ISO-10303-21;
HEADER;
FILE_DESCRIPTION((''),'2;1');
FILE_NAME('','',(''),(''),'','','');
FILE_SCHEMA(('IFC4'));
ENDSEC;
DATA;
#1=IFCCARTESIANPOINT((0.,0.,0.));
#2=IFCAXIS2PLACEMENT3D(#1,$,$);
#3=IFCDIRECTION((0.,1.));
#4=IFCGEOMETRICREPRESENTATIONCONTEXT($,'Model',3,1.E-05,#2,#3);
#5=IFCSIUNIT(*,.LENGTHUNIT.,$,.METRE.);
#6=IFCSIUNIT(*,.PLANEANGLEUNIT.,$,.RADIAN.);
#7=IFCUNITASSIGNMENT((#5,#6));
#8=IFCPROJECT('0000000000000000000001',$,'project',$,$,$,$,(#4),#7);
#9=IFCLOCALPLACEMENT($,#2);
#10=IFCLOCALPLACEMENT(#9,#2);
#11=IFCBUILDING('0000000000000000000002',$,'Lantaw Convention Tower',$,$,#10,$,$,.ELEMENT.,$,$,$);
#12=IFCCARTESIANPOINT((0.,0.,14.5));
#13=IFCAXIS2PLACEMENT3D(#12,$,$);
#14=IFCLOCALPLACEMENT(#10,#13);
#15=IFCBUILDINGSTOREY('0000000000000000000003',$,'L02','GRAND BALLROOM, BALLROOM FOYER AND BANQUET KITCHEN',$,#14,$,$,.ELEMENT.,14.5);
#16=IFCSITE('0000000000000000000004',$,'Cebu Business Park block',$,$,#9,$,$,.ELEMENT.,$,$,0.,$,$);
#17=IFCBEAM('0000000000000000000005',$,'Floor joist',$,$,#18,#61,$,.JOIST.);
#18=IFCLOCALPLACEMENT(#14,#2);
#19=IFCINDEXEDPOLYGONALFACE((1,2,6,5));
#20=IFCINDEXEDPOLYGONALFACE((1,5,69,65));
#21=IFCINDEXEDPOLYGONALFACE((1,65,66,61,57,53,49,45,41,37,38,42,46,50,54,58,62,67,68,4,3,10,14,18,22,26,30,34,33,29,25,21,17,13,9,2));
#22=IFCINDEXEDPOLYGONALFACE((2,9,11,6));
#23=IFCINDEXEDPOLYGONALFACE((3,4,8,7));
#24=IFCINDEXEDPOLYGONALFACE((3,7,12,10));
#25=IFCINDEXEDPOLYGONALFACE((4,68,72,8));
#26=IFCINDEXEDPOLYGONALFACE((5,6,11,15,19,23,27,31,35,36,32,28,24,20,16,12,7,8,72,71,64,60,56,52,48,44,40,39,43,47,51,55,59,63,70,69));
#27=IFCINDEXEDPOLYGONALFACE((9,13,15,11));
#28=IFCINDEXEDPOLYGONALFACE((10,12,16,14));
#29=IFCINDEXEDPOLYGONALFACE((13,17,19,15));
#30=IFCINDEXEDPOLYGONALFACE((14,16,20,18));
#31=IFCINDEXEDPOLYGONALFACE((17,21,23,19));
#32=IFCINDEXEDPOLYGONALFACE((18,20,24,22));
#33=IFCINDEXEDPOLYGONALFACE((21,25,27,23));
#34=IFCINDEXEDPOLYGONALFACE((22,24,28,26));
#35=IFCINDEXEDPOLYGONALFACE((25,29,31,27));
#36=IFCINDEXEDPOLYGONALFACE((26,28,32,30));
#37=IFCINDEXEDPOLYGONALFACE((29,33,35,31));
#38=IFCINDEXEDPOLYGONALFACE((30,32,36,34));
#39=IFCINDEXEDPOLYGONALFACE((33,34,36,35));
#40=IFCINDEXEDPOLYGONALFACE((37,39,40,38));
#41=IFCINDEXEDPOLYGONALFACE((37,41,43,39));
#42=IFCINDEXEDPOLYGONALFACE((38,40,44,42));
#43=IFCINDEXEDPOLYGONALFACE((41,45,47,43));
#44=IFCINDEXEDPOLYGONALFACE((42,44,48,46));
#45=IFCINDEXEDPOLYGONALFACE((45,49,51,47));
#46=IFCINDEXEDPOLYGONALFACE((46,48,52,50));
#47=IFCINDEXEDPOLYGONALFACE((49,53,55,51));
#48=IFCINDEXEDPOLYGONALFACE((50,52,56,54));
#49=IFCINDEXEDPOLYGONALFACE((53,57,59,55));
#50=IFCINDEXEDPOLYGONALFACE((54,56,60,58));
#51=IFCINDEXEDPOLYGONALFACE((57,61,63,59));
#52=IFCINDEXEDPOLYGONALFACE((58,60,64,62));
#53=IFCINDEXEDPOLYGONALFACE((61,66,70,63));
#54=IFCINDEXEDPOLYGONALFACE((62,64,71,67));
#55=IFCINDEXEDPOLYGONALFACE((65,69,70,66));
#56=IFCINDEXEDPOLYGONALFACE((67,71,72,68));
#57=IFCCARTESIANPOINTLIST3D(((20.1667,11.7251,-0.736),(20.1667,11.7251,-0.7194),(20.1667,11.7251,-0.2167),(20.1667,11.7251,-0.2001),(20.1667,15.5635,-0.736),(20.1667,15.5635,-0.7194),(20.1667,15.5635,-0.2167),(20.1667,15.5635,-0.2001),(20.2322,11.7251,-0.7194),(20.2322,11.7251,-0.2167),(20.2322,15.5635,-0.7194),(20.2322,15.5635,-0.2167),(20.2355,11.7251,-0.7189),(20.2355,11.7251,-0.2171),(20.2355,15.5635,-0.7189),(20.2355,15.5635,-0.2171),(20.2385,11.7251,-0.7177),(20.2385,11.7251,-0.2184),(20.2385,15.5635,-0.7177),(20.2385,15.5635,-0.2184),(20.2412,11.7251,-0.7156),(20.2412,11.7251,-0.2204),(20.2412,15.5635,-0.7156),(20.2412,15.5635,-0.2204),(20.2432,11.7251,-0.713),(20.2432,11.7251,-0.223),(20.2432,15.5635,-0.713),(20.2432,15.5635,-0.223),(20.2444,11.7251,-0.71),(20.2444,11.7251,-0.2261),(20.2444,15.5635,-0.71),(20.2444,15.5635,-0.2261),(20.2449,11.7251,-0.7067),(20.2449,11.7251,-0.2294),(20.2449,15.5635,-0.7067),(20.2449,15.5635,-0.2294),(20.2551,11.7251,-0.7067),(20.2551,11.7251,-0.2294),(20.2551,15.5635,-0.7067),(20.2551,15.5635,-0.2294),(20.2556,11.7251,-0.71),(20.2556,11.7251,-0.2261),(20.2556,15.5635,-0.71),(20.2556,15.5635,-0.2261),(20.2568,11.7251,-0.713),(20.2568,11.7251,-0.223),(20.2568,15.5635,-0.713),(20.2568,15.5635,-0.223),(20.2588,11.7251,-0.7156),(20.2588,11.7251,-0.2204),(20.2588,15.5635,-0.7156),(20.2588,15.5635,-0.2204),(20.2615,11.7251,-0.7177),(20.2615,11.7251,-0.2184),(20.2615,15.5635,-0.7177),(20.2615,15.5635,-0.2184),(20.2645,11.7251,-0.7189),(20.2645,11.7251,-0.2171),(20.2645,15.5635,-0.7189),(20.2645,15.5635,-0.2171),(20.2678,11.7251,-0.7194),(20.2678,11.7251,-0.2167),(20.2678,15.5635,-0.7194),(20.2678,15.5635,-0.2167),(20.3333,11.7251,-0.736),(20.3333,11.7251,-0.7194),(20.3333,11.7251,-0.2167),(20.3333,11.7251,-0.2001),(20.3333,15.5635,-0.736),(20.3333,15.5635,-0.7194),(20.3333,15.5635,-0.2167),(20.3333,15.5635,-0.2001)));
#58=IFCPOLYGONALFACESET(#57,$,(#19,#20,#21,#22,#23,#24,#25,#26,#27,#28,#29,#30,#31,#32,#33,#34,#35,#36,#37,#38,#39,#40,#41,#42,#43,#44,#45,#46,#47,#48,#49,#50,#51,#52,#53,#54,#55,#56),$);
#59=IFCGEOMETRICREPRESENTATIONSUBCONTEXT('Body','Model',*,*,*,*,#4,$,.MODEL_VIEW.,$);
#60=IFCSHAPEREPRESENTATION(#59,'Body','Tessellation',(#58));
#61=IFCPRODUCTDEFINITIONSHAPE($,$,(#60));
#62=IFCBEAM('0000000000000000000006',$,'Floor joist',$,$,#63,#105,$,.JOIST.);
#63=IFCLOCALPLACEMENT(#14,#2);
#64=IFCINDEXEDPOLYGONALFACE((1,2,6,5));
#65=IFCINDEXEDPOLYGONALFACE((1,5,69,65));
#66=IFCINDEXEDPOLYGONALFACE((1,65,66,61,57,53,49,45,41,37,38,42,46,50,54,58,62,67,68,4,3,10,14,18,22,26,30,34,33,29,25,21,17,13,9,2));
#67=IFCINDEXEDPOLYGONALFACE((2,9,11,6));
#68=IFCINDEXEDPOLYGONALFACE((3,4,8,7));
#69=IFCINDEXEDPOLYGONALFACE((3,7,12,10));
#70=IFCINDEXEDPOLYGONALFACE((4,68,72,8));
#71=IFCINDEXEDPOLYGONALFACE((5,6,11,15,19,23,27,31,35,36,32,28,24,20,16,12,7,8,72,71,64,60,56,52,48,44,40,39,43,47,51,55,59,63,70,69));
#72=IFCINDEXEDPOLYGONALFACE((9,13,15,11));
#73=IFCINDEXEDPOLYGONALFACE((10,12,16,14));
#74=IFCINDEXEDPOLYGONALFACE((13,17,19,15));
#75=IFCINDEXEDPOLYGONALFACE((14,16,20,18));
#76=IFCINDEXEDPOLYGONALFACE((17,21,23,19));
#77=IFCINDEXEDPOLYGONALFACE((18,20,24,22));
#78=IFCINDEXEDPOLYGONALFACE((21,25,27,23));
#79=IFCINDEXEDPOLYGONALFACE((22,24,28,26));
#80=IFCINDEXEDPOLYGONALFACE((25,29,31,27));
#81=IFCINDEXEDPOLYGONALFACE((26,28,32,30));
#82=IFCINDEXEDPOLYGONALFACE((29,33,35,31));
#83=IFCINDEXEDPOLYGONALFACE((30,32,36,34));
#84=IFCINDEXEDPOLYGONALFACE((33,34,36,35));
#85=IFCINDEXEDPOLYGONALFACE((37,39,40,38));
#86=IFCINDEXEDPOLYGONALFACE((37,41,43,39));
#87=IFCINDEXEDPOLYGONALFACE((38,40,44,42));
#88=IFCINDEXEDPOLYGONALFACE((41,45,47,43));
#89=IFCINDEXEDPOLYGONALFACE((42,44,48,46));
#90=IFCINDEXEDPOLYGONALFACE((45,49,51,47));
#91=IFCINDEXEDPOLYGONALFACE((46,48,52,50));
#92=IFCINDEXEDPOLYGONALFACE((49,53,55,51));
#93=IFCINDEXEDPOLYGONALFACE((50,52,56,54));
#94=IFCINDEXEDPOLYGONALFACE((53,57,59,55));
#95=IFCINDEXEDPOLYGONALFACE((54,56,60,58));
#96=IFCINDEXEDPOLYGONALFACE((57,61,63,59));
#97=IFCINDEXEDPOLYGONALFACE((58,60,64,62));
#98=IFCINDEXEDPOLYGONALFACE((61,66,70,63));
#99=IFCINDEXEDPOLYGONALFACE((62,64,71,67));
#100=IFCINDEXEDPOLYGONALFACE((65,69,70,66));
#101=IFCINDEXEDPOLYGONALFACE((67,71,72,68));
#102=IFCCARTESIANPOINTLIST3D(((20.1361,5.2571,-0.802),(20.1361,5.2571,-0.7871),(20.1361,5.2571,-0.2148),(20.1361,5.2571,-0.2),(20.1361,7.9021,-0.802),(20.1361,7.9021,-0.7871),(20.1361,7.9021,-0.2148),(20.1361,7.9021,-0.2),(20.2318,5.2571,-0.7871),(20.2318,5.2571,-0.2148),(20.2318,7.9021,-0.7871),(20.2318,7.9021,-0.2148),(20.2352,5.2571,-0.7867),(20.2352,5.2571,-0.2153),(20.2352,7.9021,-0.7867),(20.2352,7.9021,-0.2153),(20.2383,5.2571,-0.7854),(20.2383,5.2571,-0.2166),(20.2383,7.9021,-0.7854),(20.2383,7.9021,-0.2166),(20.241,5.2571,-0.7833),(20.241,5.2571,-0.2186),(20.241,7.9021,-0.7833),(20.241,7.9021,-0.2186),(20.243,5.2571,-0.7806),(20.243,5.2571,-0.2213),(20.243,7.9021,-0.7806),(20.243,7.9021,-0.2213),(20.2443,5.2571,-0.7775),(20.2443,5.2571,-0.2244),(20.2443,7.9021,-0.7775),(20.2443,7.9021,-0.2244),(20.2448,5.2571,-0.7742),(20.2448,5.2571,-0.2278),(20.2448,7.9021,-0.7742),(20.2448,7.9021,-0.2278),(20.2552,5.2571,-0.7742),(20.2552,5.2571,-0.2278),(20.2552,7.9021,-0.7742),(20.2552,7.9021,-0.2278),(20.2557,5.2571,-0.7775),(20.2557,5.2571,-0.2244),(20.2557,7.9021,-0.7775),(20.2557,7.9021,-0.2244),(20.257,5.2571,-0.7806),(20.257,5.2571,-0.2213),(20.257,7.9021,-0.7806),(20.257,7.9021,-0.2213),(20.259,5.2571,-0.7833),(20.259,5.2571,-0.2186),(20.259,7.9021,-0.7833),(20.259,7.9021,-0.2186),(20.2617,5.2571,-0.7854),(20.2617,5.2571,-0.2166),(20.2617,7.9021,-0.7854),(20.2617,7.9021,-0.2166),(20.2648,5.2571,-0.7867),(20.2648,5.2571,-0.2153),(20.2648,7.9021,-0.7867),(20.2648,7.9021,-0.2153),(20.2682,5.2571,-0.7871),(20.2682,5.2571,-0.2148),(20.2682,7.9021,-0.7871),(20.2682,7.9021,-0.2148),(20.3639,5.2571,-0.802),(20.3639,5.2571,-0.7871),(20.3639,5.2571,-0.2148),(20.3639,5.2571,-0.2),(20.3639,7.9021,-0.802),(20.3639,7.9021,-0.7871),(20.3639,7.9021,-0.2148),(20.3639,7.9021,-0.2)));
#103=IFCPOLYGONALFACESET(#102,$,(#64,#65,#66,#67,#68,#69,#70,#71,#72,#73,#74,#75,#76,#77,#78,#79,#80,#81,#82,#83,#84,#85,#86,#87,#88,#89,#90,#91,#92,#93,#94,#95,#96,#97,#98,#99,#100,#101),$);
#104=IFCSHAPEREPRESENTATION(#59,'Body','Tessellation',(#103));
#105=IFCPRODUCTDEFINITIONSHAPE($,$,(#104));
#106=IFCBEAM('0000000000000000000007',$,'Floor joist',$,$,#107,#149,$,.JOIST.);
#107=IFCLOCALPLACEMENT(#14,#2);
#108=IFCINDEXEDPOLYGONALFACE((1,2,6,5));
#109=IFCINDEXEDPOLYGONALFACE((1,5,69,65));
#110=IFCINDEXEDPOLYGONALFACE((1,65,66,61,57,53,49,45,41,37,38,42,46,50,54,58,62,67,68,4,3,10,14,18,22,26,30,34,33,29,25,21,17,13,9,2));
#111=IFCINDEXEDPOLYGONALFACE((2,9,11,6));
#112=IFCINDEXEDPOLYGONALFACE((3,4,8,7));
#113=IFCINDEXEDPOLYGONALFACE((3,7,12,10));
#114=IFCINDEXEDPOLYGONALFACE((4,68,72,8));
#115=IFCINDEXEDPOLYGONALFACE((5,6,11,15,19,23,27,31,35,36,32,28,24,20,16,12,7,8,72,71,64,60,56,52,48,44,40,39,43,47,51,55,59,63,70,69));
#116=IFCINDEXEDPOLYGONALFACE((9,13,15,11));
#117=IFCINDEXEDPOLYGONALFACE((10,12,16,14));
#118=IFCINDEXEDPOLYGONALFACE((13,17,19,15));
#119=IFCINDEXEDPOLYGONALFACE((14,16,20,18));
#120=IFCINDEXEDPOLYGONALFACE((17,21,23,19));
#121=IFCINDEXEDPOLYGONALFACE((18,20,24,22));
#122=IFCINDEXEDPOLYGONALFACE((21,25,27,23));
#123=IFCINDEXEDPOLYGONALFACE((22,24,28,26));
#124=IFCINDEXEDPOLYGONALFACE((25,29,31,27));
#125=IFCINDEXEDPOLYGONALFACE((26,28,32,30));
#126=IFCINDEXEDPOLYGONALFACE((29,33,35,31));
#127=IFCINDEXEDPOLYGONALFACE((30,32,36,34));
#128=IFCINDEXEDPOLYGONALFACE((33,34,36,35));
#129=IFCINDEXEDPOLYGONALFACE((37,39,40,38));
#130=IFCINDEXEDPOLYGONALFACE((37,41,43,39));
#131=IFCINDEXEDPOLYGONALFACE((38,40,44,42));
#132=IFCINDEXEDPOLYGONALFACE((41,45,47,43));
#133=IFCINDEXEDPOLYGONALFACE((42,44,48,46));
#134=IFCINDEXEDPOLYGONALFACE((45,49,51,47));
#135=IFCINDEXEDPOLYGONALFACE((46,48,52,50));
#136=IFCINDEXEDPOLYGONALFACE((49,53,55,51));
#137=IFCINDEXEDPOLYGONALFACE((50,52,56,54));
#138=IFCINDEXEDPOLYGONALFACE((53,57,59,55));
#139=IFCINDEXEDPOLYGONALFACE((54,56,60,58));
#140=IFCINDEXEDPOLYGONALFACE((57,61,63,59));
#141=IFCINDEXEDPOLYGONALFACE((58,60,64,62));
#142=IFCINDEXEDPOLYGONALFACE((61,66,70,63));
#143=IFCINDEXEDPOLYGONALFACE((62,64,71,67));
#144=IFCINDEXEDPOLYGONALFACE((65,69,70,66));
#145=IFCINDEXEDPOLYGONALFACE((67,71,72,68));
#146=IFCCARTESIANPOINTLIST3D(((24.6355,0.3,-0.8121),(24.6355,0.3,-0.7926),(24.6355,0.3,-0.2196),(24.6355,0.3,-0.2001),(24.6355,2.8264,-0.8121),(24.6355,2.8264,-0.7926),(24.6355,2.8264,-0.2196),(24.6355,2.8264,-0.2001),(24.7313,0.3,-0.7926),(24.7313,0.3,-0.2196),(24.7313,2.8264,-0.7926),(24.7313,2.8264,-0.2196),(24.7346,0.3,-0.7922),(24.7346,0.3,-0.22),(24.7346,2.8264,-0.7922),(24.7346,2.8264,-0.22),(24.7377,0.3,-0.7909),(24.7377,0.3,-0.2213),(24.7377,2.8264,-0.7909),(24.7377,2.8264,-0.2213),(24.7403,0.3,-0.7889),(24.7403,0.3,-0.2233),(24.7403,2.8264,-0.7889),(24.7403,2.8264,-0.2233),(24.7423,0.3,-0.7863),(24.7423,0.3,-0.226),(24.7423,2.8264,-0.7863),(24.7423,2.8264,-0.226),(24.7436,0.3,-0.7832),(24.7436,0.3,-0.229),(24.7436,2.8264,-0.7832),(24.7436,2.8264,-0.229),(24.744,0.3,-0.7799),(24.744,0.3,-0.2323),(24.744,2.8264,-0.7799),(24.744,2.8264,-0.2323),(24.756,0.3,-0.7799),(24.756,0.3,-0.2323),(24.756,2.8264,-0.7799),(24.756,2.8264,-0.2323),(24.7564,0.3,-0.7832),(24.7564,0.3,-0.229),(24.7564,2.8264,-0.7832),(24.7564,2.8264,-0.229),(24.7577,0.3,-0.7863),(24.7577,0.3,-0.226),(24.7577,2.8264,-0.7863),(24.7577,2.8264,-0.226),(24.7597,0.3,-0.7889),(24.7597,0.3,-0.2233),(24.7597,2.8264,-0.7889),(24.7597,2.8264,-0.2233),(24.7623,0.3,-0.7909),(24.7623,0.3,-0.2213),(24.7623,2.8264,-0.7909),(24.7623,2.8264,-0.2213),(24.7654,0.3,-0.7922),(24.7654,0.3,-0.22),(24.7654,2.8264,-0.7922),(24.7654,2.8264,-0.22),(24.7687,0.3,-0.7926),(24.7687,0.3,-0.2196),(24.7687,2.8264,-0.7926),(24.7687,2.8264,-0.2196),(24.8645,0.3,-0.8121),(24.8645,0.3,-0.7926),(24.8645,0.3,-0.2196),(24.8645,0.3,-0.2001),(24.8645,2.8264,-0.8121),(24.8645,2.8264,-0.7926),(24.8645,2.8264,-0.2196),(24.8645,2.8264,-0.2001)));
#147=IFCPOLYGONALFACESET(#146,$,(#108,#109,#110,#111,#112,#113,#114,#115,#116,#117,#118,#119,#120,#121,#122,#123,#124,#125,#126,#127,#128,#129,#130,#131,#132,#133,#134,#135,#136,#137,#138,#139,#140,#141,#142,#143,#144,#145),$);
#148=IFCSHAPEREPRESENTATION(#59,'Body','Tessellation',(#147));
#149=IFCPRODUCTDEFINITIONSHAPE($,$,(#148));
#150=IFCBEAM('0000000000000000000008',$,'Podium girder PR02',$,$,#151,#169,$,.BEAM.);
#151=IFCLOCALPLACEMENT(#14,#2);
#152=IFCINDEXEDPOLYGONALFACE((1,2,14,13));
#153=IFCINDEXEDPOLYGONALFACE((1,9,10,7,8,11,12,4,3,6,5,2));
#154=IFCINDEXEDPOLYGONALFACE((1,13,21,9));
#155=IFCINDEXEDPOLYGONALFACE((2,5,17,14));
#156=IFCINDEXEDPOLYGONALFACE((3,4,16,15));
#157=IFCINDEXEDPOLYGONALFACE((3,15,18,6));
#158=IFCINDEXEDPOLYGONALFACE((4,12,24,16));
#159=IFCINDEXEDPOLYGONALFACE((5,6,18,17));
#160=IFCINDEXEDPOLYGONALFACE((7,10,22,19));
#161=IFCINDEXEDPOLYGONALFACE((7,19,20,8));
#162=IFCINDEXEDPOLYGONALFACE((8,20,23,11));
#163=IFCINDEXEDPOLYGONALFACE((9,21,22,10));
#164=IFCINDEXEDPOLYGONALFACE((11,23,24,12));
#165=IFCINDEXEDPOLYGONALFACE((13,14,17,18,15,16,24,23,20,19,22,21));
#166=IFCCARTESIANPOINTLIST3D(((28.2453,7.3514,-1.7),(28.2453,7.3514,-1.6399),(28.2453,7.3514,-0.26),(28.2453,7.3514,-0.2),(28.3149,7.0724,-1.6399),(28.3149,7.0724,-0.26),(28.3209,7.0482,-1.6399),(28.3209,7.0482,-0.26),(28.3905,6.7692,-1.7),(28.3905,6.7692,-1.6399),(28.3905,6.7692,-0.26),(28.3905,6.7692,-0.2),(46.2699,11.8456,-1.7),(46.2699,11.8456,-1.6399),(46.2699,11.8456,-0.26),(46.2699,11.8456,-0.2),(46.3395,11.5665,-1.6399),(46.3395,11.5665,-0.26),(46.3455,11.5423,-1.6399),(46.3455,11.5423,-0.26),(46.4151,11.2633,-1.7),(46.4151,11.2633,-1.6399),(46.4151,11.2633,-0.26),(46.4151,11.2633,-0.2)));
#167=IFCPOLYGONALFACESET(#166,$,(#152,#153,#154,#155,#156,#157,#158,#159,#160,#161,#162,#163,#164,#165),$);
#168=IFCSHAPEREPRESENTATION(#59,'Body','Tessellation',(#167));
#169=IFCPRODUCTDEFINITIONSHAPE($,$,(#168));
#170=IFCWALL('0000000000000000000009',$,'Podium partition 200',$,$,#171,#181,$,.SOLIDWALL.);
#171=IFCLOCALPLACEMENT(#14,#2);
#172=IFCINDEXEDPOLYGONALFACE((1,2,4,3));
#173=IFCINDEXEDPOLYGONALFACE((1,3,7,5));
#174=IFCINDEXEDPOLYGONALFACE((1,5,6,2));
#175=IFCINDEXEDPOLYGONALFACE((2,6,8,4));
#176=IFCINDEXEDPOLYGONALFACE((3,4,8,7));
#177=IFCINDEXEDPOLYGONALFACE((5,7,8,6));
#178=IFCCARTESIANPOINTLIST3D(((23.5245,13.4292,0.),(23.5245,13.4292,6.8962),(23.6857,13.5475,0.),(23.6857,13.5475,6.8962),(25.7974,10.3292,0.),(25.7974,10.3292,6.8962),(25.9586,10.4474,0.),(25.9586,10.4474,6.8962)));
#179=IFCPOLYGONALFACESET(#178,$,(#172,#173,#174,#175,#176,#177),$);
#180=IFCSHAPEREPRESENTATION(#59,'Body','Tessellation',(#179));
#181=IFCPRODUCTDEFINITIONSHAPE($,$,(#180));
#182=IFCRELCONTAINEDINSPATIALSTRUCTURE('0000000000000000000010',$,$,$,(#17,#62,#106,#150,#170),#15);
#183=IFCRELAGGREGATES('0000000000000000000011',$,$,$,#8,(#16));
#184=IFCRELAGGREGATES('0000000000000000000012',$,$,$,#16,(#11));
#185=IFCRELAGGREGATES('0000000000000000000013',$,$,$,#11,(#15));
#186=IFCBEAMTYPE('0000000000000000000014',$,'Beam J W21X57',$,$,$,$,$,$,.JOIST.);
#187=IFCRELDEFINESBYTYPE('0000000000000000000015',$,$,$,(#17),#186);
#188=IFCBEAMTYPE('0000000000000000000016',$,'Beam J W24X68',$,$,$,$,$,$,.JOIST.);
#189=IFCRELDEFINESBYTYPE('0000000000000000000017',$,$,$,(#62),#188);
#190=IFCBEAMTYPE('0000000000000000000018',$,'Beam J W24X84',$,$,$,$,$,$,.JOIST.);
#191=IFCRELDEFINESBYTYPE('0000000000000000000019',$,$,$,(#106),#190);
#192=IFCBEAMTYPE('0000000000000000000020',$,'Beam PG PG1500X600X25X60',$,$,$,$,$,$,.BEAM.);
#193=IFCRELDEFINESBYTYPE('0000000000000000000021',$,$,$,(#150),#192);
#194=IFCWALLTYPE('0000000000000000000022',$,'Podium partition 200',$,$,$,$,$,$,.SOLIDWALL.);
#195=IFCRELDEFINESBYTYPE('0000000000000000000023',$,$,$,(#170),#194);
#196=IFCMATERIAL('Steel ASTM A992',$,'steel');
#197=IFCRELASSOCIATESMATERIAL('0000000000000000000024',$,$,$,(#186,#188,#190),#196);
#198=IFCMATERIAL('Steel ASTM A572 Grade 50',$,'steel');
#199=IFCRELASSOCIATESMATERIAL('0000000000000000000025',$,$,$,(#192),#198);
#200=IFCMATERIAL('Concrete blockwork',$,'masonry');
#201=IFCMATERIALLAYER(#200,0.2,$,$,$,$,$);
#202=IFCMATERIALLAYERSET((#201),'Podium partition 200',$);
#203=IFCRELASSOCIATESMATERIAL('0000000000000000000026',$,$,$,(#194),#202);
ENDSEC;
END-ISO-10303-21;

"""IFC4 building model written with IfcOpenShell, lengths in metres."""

from ifc_helpers import new_model, si_unit, direction, frame, frame_2d, origin, origin_2d, place, context, subcontext, project, spatial, rectangle, i_section, extrude, material, layer, layer_set, material_profile, profile_set, type_object, element, save


model = new_model("IFC4")

# Units and contexts
model_context = context("Model", 3, precision=1e-05, world=origin(), true_north=direction((0.0, 1.0)))
body_context = subcontext(model_context, "Body", "Model", "MODEL_VIEW")
ifc_project = project(units=[si_unit("LENGTHUNIT", "METRE"), si_unit("PLANEANGLEUNIT", "RADIAN")], contexts=[model_context])

# Site, building, storey
site_placement = place(None, origin())
site = spatial("IfcSite", under=ifc_project, at=site_placement, Name="Cebu Business Park block", CompositionType="ELEMENT", RefElevation=0.0)
building_placement = place(site_placement, origin())
building = spatial("IfcBuilding", under=site, at=building_placement, Name="Lantaw Convention Tower", CompositionType="ELEMENT")
storey_placement = place(building_placement, frame((0.0, 0.0, 14.5)))
storey = spatial("IfcBuildingStorey", under=building, at=storey_placement, Name="L02", Description="GRAND BALLROOM, BALLROOM FOYER AND BANQUET KITCHEN", CompositionType="ELEMENT", Elevation=14.5)

# Shared definitions
ifc_material_1 = material(Name="Steel ASTM A572 Grade 50", Category="steel")

# Beams
ifc_material_2 = material(Name="Steel ASTM A992", Category="steel")
ifc_material_profile_1 = material_profile(ifc_material_2, i_section(OverallWidth=0.1665, OverallDepth=0.5359, WebThickness=0.0103, FlangeThickness=0.0166, FilletRadius=0.0127, at=origin_2d()), Name="W21X57")
ifc_profile_set_1 = profile_set([ifc_material_profile_1], Name="Steel ASTM A992")
beam_type_1 = type_object("IfcBeamType", Name="Beam J W21X57", PredefinedType="JOIST", material=ifc_profile_set_1)
beam_1_placement = place(storey_placement, frame((20.25, 11.7251, -0.468), z_axis=(0.0, 1.0, 0.0), x_axis=(-1.0, 0.0, 0.0)))
element("IfcBeam", 1, at=beam_1_placement, inside=storey, type_object=beam_type_1, Name="Floor joist", PredefinedType="JOIST", context=body_context, shape_type="SweptSolid", body=[
    extrude(i_section(OverallWidth=0.1665, OverallDepth=0.5359, WebThickness=0.0103, FlangeThickness=0.0166, FilletRadius=0.0127, at=origin_2d()), origin(), (0.0, 0.0, 1.0), 3.8384),
])
ifc_material_profile_2 = material_profile(ifc_material_2, i_section(OverallWidth=0.2278, OverallDepth=0.6021, WebThickness=0.0105, FlangeThickness=0.0149, FilletRadius=0.0129, at=origin_2d()), Name="W24X68")
ifc_profile_set_2 = profile_set([ifc_material_profile_2], Name="Steel ASTM A992")
beam_type_2 = type_object("IfcBeamType", Name="Beam J W24X68", PredefinedType="JOIST", material=ifc_profile_set_2)
beam_2_placement = place(storey_placement, frame((20.25, 5.2571, -0.501), z_axis=(0.0, 1.0, 0.0), x_axis=(-1.0, 0.0, 0.0)))
element("IfcBeam", 2, at=beam_2_placement, inside=storey, type_object=beam_type_2, Name="Floor joist", PredefinedType="JOIST", context=body_context, shape_type="SweptSolid", body=[
    extrude(i_section(OverallWidth=0.2278, OverallDepth=0.6021, WebThickness=0.0105, FlangeThickness=0.0149, FilletRadius=0.0129, at=origin_2d()), origin(), (0.0, 0.0, 1.0), 2.645),
])
ifc_material_profile_3 = material_profile(ifc_material_2, i_section(OverallWidth=0.229, OverallDepth=0.6121, WebThickness=0.012, FlangeThickness=0.0195, FilletRadius=0.0127, at=origin_2d()), Name="W24X84")
ifc_profile_set_3 = profile_set([ifc_material_profile_3], Name="Steel ASTM A992")
beam_type_3 = type_object("IfcBeamType", Name="Beam J W24X84", PredefinedType="JOIST", material=ifc_profile_set_3)
beam_3_placement = place(storey_placement, frame((24.75, 0.3, -0.5061), z_axis=(0.0, 1.0, 0.0), x_axis=(-1.0, 0.0, 0.0)))
element("IfcBeam", 3, at=beam_3_placement, inside=storey, type_object=beam_type_3, Name="Floor joist", PredefinedType="JOIST", context=body_context, shape_type="SweptSolid", body=[
    extrude(i_section(OverallWidth=0.229, OverallDepth=0.6121, WebThickness=0.012, FlangeThickness=0.0195, FilletRadius=0.0127, at=origin_2d()), origin(), (0.0, 0.0, 1.0), 2.5264),
])
ifc_material_profile_4 = material_profile(ifc_material_1, i_section(OverallWidth=0.6001, OverallDepth=1.5, WebThickness=0.0249, FlangeThickness=0.0601, at=origin_2d()), Name="PG1500X600X25X60")
ifc_profile_set_4 = profile_set([ifc_material_profile_4], Name="Steel ASTM A572 Grade 50")
beam_type_4 = type_object("IfcBeamType", Name="Beam PG PG1500X600X25X60", PredefinedType="BEAM", material=ifc_profile_set_4)
beam_4_placement = place(storey_placement, frame((28.3179, 7.0603, -0.95), z_axis=(0.970295, 0.241926, 0.0), x_axis=(-0.241926, 0.970295, 0.0)))
element("IfcBeam", 4, at=beam_4_placement, inside=storey, type_object=beam_type_4, Name="Podium girder PR02", PredefinedType="BEAM", context=body_context, shape_type="SweptSolid", body=[
    extrude(i_section(OverallWidth=0.6001, OverallDepth=1.5, WebThickness=0.0249, FlangeThickness=0.0601, at=origin_2d()), origin(), (0.0, 0.0, 1.0), 18.5764),
])

# Shared definitions
ifc_material_3 = material(Name="Concrete blockwork", Category="masonry")
ifc_layer = layer(ifc_material_3, 0.2)
ifc_layer_set = layer_set([ifc_layer], Name="Podium partition 200")
wall_type = type_object("IfcWallType", Name="Podium partition 200", PredefinedType="SOLIDWALL", material=ifc_layer_set)

# Wall
wall_1_placement = place(storey_placement, frame((25.8779, 10.3884, 0.0), z_axis=(0.0, 0.0, 1.0), x_axis=(-0.591287, 0.806462, 0.0)))
element("IfcWall", 5, at=wall_1_placement, inside=storey, type_object=wall_type, Name="Podium partition 200", PredefinedType="SOLIDWALL", context=body_context, shape_type="SweptSolid", body=[
    extrude(rectangle(XDim=3.844, YDim=0.2, at=frame_2d((1.9219, 0.0))), origin(), (0.0, 0.0, 1.0), 6.8962),
])

save(model, "model.ifc")
